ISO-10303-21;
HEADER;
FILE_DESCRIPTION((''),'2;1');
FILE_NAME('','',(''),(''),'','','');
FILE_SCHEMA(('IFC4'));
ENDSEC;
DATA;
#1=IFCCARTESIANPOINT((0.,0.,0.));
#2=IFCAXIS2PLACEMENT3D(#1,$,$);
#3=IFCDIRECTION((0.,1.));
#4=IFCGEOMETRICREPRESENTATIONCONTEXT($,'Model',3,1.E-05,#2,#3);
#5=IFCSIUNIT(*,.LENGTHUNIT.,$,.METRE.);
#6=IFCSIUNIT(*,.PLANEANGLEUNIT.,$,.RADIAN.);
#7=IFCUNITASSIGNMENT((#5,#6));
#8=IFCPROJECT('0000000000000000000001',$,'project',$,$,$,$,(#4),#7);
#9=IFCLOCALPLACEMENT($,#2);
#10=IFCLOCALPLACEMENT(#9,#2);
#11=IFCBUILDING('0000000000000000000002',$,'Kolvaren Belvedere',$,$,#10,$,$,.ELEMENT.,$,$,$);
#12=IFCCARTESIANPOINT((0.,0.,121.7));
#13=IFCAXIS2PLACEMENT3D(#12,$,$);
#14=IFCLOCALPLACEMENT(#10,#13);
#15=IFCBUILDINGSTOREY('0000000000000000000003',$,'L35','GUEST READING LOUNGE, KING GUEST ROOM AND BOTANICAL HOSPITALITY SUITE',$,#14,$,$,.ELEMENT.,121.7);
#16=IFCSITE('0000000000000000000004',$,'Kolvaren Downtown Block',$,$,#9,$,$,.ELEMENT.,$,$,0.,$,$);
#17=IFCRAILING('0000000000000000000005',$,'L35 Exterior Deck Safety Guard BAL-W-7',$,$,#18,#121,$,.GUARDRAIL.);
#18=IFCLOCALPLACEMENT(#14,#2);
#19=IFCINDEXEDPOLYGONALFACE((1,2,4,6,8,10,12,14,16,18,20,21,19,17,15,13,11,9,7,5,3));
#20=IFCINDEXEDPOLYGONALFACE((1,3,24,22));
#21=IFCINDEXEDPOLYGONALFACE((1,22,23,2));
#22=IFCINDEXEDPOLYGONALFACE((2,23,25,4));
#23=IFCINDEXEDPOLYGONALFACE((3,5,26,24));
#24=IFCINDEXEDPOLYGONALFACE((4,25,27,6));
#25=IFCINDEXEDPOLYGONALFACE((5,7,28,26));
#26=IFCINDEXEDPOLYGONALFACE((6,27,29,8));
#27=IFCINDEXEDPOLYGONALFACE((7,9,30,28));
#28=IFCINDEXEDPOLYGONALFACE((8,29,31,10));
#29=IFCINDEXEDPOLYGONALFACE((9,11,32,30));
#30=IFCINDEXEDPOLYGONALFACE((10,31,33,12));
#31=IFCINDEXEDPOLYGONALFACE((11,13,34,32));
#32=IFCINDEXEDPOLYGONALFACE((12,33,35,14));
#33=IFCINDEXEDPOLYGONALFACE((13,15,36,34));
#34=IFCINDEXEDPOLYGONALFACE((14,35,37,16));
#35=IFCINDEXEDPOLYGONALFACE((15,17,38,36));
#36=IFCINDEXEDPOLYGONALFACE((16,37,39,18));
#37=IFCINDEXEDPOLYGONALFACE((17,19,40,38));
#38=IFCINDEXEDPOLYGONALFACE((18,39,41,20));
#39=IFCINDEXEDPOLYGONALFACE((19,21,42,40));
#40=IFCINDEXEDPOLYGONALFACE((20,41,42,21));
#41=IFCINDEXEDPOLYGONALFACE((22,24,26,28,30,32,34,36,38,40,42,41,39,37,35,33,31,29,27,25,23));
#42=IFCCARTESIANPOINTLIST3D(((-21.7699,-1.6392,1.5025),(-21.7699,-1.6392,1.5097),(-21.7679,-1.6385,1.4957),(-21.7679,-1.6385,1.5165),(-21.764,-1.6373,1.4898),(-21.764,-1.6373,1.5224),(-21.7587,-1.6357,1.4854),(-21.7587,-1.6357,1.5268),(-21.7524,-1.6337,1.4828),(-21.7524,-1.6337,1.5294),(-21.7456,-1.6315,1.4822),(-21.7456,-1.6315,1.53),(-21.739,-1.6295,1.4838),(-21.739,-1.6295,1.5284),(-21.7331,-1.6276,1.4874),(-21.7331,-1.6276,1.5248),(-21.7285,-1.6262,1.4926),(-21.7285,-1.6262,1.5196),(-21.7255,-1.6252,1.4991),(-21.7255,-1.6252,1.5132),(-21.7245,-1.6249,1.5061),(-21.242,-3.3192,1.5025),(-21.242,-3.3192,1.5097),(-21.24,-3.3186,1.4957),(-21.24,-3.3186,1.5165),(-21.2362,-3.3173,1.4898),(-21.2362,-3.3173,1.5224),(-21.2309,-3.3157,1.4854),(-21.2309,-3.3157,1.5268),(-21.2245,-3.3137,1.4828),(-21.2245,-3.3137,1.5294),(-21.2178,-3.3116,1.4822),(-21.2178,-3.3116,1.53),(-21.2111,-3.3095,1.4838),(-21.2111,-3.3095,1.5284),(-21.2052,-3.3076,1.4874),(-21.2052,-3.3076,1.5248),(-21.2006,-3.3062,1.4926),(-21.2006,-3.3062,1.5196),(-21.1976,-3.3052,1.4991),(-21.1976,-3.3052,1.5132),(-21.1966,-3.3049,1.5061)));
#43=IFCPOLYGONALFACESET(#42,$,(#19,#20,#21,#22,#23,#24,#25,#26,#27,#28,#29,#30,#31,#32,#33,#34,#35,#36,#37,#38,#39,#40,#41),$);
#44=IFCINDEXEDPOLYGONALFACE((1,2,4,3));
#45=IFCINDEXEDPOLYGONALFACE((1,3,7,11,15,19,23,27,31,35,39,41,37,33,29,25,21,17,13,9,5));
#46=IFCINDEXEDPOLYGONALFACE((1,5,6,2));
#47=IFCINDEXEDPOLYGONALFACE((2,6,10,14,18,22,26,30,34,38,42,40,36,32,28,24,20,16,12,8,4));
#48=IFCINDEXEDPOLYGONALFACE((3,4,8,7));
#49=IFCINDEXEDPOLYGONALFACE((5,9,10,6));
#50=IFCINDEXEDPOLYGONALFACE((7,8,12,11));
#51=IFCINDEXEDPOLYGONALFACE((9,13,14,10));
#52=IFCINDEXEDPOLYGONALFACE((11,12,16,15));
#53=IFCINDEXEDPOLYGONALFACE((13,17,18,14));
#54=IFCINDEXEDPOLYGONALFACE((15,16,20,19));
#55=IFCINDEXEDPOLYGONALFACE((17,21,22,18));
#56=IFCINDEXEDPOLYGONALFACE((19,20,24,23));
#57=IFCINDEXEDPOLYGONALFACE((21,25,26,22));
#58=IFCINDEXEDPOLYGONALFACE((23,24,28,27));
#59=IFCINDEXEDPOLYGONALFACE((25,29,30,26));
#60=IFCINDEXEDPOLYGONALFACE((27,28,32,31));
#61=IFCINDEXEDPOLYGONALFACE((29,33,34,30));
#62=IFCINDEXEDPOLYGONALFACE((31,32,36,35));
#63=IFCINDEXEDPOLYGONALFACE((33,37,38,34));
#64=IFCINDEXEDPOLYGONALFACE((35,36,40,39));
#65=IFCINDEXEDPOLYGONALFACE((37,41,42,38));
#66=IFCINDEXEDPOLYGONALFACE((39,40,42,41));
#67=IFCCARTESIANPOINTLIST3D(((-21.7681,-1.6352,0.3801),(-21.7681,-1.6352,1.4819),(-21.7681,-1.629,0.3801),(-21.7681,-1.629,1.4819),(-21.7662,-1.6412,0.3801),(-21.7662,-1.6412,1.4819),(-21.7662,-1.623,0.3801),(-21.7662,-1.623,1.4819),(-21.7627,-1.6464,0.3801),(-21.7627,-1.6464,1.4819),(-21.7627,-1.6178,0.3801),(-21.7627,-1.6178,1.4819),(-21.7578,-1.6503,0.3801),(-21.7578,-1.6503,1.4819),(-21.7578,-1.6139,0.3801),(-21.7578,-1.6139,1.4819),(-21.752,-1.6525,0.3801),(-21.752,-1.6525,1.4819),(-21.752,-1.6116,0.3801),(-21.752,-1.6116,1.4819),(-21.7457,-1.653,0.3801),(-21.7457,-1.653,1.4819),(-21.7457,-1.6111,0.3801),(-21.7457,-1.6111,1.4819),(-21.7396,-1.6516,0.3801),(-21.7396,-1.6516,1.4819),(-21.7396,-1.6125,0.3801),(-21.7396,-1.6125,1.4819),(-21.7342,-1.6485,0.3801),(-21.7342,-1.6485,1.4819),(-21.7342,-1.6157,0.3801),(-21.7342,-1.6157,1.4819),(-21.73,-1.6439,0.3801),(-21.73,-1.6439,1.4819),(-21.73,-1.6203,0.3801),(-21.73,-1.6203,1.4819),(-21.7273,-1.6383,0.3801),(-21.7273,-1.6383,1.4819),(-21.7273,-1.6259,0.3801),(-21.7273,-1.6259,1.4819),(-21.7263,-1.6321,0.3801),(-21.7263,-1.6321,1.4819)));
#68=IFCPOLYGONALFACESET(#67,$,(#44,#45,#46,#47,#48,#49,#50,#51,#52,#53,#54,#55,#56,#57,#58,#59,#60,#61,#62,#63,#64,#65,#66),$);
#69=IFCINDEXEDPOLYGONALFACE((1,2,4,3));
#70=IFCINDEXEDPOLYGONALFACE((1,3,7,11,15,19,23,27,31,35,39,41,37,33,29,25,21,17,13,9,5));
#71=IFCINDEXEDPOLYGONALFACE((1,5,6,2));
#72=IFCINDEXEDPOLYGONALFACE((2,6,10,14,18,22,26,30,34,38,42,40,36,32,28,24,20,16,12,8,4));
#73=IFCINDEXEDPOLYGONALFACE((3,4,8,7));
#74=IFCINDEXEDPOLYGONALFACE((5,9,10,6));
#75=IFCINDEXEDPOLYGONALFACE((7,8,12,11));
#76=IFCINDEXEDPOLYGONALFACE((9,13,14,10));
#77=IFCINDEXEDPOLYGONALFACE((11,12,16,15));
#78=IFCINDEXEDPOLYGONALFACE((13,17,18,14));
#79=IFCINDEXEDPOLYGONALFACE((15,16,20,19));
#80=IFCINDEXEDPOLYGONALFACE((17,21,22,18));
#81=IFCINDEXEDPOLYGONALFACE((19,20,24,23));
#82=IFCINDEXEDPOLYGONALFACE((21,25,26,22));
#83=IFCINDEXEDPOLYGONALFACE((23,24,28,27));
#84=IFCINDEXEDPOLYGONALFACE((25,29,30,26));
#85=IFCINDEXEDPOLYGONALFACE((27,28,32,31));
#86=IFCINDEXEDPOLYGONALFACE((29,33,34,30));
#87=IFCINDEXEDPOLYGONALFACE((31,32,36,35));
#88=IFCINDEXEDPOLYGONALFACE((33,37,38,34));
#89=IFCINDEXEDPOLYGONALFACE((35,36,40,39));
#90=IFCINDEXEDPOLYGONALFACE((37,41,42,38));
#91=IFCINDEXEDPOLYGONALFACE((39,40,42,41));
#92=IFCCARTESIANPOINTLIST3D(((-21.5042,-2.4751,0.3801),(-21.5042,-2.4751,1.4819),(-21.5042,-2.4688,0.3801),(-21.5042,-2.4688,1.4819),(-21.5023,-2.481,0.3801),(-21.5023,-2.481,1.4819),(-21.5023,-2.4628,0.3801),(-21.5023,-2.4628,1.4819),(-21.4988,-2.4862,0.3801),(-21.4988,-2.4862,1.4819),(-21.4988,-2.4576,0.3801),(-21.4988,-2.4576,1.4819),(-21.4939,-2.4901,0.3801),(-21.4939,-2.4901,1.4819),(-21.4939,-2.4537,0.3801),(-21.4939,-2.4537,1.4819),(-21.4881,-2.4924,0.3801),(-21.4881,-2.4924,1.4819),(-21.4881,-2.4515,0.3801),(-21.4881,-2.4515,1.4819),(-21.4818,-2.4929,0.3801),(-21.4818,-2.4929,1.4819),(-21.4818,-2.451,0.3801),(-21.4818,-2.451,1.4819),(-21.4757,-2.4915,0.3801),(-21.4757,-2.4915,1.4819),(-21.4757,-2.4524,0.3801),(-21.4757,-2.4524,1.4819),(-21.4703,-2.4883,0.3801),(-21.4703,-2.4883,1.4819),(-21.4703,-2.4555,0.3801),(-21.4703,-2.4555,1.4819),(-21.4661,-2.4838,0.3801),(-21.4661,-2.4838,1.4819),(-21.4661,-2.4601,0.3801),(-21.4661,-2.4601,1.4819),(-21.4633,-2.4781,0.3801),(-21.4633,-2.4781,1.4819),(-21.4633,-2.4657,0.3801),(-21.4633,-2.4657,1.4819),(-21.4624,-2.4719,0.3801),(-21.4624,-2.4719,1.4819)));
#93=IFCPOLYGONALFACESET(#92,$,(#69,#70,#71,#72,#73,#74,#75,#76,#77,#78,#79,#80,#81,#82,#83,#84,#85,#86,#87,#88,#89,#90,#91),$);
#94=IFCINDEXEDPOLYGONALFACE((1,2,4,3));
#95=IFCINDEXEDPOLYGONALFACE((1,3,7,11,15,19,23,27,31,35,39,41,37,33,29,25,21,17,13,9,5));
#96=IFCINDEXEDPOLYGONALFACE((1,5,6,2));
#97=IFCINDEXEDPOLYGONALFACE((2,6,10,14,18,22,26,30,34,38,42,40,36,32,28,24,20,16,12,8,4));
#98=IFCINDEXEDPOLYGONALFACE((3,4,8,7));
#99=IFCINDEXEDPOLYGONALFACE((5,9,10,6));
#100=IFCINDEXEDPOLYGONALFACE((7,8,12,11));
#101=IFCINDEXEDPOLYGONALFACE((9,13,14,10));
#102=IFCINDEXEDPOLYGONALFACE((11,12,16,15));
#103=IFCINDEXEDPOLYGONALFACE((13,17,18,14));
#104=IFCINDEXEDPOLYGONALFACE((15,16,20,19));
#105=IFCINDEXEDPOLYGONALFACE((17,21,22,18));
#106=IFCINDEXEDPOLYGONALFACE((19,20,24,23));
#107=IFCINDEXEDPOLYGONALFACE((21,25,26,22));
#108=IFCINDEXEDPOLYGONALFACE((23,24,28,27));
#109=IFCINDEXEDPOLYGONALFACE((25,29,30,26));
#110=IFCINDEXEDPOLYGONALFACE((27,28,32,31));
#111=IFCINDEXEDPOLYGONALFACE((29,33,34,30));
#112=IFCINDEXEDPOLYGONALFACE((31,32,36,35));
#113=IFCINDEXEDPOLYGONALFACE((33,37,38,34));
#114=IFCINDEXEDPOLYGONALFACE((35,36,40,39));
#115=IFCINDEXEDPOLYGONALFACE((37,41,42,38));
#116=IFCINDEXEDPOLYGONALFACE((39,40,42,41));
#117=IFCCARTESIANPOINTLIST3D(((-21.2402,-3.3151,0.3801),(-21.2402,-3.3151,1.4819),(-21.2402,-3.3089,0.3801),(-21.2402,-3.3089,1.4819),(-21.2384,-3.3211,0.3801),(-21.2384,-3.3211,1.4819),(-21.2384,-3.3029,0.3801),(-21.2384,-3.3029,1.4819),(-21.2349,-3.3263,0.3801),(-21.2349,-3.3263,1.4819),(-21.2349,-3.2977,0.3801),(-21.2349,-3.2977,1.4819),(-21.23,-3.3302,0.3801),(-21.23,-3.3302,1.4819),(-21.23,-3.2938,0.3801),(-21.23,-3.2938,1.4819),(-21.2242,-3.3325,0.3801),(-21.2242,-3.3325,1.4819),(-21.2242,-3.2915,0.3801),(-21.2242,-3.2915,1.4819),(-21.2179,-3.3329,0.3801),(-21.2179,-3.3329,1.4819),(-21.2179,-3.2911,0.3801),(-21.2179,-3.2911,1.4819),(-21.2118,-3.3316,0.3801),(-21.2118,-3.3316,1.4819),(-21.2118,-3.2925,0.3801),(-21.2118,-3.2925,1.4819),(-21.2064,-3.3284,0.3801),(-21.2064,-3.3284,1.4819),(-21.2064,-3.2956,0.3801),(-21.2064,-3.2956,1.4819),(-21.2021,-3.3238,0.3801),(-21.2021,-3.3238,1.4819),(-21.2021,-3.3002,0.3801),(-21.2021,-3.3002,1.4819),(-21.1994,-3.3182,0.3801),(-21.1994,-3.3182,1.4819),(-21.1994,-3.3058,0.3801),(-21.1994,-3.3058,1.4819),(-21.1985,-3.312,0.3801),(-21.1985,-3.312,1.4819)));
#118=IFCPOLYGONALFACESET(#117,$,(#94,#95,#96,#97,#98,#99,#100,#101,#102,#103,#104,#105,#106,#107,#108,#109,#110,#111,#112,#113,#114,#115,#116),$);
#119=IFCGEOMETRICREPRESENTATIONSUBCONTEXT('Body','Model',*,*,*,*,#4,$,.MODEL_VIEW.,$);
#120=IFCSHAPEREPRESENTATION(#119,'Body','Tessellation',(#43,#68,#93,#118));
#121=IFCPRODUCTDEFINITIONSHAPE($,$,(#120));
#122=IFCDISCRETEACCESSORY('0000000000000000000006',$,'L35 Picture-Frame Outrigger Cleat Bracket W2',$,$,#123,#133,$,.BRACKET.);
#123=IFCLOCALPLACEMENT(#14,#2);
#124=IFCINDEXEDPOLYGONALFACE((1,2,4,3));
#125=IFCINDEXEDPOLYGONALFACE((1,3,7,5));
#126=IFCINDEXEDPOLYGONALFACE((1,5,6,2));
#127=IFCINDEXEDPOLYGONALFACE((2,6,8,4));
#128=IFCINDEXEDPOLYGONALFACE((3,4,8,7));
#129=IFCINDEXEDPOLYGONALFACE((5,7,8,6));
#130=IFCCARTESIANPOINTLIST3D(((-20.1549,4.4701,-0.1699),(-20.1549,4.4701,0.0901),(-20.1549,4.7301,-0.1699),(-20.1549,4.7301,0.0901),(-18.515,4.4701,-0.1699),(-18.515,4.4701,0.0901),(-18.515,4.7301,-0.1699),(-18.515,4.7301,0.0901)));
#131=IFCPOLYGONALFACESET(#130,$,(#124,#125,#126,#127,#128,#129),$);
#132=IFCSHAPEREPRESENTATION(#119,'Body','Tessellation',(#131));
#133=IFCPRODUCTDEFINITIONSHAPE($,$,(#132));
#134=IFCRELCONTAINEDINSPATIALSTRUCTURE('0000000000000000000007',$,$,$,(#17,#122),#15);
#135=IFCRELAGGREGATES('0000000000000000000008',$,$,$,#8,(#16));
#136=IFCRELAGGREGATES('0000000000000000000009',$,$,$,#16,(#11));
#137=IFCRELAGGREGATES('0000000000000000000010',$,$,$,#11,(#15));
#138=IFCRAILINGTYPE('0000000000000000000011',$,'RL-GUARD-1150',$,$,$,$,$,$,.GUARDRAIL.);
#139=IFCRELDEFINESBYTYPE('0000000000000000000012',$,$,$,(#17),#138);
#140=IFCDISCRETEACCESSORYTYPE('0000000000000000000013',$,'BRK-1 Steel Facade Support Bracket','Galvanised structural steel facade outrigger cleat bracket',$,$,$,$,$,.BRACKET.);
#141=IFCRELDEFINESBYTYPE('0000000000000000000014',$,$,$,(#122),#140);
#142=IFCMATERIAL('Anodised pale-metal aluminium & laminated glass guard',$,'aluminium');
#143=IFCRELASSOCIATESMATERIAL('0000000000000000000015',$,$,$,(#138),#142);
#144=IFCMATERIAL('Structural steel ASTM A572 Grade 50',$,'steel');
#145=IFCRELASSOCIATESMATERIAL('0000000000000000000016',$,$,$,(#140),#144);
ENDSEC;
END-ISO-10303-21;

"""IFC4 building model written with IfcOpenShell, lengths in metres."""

from ifc_helpers import new_model, si_unit, direction, frame, origin, origin_2d, place, context, subcontext, project, spatial, rectangle, circle, extrude, material, type_object, element, save


model = new_model("IFC4")

# Units and contexts
model_context = context("Model", 3, precision=1e-05, world=origin(), true_north=direction((0.0, 1.0)))
body_context = subcontext(model_context, "Body", "Model", "MODEL_VIEW")
ifc_project = project(units=[si_unit("LENGTHUNIT", "METRE"), si_unit("PLANEANGLEUNIT", "RADIAN")], contexts=[model_context])

# Site, building, storey
site_placement = place(None, origin())
site = spatial("IfcSite", under=ifc_project, at=site_placement, Name="Kolvaren Downtown Block", CompositionType="ELEMENT", RefElevation=0.0)
building_placement = place(site_placement, origin())
building = spatial("IfcBuilding", under=site, at=building_placement, Name="Kolvaren Belvedere", CompositionType="ELEMENT")
storey_placement = place(building_placement, frame((0.0, 0.0, 121.7)))
storey = spatial("IfcBuildingStorey", under=building, at=storey_placement, Name="L35", Description="GUEST READING LOUNGE, KING GUEST ROOM AND BOTANICAL HOSPITALITY SUITE", CompositionType="ELEMENT", Elevation=121.7)

# Railing
ifc_material_1 = material(Name="Anodised pale-metal aluminium & laminated glass guard", Category="aluminium")
railing_type = type_object("IfcRailingType", Name="RL-GUARD-1150", PredefinedType="GUARDRAIL", material=ifc_material_1)
railing_1_placement = place(storey_placement, frame((-21.7473, -1.6321, 0.3801)))
element("IfcRailing", 1, at=railing_1_placement, inside=storey, type_object=railing_type, Name="L35 Exterior Deck Safety Guard BAL-W-7", PredefinedType="GUARDRAIL", context=body_context, shape_type="SweptSolid", body=[
    extrude(circle(Radius=0.0239, at=origin_2d()), frame((0.0, 0.0, 1.126), z_axis=(0.299751, -0.954018, 0.0), x_axis=(0.954018, 0.299751, 0.0)), (0.0, 0.0, 1.0), 1.761),
    extrude(circle(Radius=0.021, at=origin_2d()), origin(), (0.0, 0.0, 1.0), 1.1018),
    extrude(circle(Radius=0.021, at=origin_2d()), frame((0.2639, -0.8398, 0.0)), (0.0, 0.0, 1.0), 1.1018),
    extrude(circle(Radius=0.021, at=origin_2d()), frame((0.5278, -1.6799, 0.0)), (0.0, 0.0, 1.0), 1.1018),
])

# Discrete accessory
ifc_material_2 = material(Name="Structural steel ASTM A572 Grade 50", Category="steel")
discrete_accessory_type = type_object("IfcDiscreteAccessoryType", Name="BRK-1 Steel Facade Support Bracket", Description="Galvanised structural steel facade outrigger cleat bracket", PredefinedType="BRACKET", material=ifc_material_2)
discrete_accessory_placement = place(storey_placement, frame((-19.335, 4.6001, -0.1699), z_axis=(0.0, 0.0, 1.0), x_axis=(1.0, 0.0, 0.0)))
element("IfcDiscreteAccessory", 2, at=discrete_accessory_placement, inside=storey, type_object=discrete_accessory_type, Name="L35 Picture-Frame Outrigger Cleat Bracket W2", PredefinedType="BRACKET", context=body_context, shape_type="SweptSolid", body=[
    extrude(rectangle(XDim=1.6399, YDim=0.26, at=origin_2d()), origin(), (0.0, 0.0, 1.0), 0.26),
])

save(model, "model.ifc")
